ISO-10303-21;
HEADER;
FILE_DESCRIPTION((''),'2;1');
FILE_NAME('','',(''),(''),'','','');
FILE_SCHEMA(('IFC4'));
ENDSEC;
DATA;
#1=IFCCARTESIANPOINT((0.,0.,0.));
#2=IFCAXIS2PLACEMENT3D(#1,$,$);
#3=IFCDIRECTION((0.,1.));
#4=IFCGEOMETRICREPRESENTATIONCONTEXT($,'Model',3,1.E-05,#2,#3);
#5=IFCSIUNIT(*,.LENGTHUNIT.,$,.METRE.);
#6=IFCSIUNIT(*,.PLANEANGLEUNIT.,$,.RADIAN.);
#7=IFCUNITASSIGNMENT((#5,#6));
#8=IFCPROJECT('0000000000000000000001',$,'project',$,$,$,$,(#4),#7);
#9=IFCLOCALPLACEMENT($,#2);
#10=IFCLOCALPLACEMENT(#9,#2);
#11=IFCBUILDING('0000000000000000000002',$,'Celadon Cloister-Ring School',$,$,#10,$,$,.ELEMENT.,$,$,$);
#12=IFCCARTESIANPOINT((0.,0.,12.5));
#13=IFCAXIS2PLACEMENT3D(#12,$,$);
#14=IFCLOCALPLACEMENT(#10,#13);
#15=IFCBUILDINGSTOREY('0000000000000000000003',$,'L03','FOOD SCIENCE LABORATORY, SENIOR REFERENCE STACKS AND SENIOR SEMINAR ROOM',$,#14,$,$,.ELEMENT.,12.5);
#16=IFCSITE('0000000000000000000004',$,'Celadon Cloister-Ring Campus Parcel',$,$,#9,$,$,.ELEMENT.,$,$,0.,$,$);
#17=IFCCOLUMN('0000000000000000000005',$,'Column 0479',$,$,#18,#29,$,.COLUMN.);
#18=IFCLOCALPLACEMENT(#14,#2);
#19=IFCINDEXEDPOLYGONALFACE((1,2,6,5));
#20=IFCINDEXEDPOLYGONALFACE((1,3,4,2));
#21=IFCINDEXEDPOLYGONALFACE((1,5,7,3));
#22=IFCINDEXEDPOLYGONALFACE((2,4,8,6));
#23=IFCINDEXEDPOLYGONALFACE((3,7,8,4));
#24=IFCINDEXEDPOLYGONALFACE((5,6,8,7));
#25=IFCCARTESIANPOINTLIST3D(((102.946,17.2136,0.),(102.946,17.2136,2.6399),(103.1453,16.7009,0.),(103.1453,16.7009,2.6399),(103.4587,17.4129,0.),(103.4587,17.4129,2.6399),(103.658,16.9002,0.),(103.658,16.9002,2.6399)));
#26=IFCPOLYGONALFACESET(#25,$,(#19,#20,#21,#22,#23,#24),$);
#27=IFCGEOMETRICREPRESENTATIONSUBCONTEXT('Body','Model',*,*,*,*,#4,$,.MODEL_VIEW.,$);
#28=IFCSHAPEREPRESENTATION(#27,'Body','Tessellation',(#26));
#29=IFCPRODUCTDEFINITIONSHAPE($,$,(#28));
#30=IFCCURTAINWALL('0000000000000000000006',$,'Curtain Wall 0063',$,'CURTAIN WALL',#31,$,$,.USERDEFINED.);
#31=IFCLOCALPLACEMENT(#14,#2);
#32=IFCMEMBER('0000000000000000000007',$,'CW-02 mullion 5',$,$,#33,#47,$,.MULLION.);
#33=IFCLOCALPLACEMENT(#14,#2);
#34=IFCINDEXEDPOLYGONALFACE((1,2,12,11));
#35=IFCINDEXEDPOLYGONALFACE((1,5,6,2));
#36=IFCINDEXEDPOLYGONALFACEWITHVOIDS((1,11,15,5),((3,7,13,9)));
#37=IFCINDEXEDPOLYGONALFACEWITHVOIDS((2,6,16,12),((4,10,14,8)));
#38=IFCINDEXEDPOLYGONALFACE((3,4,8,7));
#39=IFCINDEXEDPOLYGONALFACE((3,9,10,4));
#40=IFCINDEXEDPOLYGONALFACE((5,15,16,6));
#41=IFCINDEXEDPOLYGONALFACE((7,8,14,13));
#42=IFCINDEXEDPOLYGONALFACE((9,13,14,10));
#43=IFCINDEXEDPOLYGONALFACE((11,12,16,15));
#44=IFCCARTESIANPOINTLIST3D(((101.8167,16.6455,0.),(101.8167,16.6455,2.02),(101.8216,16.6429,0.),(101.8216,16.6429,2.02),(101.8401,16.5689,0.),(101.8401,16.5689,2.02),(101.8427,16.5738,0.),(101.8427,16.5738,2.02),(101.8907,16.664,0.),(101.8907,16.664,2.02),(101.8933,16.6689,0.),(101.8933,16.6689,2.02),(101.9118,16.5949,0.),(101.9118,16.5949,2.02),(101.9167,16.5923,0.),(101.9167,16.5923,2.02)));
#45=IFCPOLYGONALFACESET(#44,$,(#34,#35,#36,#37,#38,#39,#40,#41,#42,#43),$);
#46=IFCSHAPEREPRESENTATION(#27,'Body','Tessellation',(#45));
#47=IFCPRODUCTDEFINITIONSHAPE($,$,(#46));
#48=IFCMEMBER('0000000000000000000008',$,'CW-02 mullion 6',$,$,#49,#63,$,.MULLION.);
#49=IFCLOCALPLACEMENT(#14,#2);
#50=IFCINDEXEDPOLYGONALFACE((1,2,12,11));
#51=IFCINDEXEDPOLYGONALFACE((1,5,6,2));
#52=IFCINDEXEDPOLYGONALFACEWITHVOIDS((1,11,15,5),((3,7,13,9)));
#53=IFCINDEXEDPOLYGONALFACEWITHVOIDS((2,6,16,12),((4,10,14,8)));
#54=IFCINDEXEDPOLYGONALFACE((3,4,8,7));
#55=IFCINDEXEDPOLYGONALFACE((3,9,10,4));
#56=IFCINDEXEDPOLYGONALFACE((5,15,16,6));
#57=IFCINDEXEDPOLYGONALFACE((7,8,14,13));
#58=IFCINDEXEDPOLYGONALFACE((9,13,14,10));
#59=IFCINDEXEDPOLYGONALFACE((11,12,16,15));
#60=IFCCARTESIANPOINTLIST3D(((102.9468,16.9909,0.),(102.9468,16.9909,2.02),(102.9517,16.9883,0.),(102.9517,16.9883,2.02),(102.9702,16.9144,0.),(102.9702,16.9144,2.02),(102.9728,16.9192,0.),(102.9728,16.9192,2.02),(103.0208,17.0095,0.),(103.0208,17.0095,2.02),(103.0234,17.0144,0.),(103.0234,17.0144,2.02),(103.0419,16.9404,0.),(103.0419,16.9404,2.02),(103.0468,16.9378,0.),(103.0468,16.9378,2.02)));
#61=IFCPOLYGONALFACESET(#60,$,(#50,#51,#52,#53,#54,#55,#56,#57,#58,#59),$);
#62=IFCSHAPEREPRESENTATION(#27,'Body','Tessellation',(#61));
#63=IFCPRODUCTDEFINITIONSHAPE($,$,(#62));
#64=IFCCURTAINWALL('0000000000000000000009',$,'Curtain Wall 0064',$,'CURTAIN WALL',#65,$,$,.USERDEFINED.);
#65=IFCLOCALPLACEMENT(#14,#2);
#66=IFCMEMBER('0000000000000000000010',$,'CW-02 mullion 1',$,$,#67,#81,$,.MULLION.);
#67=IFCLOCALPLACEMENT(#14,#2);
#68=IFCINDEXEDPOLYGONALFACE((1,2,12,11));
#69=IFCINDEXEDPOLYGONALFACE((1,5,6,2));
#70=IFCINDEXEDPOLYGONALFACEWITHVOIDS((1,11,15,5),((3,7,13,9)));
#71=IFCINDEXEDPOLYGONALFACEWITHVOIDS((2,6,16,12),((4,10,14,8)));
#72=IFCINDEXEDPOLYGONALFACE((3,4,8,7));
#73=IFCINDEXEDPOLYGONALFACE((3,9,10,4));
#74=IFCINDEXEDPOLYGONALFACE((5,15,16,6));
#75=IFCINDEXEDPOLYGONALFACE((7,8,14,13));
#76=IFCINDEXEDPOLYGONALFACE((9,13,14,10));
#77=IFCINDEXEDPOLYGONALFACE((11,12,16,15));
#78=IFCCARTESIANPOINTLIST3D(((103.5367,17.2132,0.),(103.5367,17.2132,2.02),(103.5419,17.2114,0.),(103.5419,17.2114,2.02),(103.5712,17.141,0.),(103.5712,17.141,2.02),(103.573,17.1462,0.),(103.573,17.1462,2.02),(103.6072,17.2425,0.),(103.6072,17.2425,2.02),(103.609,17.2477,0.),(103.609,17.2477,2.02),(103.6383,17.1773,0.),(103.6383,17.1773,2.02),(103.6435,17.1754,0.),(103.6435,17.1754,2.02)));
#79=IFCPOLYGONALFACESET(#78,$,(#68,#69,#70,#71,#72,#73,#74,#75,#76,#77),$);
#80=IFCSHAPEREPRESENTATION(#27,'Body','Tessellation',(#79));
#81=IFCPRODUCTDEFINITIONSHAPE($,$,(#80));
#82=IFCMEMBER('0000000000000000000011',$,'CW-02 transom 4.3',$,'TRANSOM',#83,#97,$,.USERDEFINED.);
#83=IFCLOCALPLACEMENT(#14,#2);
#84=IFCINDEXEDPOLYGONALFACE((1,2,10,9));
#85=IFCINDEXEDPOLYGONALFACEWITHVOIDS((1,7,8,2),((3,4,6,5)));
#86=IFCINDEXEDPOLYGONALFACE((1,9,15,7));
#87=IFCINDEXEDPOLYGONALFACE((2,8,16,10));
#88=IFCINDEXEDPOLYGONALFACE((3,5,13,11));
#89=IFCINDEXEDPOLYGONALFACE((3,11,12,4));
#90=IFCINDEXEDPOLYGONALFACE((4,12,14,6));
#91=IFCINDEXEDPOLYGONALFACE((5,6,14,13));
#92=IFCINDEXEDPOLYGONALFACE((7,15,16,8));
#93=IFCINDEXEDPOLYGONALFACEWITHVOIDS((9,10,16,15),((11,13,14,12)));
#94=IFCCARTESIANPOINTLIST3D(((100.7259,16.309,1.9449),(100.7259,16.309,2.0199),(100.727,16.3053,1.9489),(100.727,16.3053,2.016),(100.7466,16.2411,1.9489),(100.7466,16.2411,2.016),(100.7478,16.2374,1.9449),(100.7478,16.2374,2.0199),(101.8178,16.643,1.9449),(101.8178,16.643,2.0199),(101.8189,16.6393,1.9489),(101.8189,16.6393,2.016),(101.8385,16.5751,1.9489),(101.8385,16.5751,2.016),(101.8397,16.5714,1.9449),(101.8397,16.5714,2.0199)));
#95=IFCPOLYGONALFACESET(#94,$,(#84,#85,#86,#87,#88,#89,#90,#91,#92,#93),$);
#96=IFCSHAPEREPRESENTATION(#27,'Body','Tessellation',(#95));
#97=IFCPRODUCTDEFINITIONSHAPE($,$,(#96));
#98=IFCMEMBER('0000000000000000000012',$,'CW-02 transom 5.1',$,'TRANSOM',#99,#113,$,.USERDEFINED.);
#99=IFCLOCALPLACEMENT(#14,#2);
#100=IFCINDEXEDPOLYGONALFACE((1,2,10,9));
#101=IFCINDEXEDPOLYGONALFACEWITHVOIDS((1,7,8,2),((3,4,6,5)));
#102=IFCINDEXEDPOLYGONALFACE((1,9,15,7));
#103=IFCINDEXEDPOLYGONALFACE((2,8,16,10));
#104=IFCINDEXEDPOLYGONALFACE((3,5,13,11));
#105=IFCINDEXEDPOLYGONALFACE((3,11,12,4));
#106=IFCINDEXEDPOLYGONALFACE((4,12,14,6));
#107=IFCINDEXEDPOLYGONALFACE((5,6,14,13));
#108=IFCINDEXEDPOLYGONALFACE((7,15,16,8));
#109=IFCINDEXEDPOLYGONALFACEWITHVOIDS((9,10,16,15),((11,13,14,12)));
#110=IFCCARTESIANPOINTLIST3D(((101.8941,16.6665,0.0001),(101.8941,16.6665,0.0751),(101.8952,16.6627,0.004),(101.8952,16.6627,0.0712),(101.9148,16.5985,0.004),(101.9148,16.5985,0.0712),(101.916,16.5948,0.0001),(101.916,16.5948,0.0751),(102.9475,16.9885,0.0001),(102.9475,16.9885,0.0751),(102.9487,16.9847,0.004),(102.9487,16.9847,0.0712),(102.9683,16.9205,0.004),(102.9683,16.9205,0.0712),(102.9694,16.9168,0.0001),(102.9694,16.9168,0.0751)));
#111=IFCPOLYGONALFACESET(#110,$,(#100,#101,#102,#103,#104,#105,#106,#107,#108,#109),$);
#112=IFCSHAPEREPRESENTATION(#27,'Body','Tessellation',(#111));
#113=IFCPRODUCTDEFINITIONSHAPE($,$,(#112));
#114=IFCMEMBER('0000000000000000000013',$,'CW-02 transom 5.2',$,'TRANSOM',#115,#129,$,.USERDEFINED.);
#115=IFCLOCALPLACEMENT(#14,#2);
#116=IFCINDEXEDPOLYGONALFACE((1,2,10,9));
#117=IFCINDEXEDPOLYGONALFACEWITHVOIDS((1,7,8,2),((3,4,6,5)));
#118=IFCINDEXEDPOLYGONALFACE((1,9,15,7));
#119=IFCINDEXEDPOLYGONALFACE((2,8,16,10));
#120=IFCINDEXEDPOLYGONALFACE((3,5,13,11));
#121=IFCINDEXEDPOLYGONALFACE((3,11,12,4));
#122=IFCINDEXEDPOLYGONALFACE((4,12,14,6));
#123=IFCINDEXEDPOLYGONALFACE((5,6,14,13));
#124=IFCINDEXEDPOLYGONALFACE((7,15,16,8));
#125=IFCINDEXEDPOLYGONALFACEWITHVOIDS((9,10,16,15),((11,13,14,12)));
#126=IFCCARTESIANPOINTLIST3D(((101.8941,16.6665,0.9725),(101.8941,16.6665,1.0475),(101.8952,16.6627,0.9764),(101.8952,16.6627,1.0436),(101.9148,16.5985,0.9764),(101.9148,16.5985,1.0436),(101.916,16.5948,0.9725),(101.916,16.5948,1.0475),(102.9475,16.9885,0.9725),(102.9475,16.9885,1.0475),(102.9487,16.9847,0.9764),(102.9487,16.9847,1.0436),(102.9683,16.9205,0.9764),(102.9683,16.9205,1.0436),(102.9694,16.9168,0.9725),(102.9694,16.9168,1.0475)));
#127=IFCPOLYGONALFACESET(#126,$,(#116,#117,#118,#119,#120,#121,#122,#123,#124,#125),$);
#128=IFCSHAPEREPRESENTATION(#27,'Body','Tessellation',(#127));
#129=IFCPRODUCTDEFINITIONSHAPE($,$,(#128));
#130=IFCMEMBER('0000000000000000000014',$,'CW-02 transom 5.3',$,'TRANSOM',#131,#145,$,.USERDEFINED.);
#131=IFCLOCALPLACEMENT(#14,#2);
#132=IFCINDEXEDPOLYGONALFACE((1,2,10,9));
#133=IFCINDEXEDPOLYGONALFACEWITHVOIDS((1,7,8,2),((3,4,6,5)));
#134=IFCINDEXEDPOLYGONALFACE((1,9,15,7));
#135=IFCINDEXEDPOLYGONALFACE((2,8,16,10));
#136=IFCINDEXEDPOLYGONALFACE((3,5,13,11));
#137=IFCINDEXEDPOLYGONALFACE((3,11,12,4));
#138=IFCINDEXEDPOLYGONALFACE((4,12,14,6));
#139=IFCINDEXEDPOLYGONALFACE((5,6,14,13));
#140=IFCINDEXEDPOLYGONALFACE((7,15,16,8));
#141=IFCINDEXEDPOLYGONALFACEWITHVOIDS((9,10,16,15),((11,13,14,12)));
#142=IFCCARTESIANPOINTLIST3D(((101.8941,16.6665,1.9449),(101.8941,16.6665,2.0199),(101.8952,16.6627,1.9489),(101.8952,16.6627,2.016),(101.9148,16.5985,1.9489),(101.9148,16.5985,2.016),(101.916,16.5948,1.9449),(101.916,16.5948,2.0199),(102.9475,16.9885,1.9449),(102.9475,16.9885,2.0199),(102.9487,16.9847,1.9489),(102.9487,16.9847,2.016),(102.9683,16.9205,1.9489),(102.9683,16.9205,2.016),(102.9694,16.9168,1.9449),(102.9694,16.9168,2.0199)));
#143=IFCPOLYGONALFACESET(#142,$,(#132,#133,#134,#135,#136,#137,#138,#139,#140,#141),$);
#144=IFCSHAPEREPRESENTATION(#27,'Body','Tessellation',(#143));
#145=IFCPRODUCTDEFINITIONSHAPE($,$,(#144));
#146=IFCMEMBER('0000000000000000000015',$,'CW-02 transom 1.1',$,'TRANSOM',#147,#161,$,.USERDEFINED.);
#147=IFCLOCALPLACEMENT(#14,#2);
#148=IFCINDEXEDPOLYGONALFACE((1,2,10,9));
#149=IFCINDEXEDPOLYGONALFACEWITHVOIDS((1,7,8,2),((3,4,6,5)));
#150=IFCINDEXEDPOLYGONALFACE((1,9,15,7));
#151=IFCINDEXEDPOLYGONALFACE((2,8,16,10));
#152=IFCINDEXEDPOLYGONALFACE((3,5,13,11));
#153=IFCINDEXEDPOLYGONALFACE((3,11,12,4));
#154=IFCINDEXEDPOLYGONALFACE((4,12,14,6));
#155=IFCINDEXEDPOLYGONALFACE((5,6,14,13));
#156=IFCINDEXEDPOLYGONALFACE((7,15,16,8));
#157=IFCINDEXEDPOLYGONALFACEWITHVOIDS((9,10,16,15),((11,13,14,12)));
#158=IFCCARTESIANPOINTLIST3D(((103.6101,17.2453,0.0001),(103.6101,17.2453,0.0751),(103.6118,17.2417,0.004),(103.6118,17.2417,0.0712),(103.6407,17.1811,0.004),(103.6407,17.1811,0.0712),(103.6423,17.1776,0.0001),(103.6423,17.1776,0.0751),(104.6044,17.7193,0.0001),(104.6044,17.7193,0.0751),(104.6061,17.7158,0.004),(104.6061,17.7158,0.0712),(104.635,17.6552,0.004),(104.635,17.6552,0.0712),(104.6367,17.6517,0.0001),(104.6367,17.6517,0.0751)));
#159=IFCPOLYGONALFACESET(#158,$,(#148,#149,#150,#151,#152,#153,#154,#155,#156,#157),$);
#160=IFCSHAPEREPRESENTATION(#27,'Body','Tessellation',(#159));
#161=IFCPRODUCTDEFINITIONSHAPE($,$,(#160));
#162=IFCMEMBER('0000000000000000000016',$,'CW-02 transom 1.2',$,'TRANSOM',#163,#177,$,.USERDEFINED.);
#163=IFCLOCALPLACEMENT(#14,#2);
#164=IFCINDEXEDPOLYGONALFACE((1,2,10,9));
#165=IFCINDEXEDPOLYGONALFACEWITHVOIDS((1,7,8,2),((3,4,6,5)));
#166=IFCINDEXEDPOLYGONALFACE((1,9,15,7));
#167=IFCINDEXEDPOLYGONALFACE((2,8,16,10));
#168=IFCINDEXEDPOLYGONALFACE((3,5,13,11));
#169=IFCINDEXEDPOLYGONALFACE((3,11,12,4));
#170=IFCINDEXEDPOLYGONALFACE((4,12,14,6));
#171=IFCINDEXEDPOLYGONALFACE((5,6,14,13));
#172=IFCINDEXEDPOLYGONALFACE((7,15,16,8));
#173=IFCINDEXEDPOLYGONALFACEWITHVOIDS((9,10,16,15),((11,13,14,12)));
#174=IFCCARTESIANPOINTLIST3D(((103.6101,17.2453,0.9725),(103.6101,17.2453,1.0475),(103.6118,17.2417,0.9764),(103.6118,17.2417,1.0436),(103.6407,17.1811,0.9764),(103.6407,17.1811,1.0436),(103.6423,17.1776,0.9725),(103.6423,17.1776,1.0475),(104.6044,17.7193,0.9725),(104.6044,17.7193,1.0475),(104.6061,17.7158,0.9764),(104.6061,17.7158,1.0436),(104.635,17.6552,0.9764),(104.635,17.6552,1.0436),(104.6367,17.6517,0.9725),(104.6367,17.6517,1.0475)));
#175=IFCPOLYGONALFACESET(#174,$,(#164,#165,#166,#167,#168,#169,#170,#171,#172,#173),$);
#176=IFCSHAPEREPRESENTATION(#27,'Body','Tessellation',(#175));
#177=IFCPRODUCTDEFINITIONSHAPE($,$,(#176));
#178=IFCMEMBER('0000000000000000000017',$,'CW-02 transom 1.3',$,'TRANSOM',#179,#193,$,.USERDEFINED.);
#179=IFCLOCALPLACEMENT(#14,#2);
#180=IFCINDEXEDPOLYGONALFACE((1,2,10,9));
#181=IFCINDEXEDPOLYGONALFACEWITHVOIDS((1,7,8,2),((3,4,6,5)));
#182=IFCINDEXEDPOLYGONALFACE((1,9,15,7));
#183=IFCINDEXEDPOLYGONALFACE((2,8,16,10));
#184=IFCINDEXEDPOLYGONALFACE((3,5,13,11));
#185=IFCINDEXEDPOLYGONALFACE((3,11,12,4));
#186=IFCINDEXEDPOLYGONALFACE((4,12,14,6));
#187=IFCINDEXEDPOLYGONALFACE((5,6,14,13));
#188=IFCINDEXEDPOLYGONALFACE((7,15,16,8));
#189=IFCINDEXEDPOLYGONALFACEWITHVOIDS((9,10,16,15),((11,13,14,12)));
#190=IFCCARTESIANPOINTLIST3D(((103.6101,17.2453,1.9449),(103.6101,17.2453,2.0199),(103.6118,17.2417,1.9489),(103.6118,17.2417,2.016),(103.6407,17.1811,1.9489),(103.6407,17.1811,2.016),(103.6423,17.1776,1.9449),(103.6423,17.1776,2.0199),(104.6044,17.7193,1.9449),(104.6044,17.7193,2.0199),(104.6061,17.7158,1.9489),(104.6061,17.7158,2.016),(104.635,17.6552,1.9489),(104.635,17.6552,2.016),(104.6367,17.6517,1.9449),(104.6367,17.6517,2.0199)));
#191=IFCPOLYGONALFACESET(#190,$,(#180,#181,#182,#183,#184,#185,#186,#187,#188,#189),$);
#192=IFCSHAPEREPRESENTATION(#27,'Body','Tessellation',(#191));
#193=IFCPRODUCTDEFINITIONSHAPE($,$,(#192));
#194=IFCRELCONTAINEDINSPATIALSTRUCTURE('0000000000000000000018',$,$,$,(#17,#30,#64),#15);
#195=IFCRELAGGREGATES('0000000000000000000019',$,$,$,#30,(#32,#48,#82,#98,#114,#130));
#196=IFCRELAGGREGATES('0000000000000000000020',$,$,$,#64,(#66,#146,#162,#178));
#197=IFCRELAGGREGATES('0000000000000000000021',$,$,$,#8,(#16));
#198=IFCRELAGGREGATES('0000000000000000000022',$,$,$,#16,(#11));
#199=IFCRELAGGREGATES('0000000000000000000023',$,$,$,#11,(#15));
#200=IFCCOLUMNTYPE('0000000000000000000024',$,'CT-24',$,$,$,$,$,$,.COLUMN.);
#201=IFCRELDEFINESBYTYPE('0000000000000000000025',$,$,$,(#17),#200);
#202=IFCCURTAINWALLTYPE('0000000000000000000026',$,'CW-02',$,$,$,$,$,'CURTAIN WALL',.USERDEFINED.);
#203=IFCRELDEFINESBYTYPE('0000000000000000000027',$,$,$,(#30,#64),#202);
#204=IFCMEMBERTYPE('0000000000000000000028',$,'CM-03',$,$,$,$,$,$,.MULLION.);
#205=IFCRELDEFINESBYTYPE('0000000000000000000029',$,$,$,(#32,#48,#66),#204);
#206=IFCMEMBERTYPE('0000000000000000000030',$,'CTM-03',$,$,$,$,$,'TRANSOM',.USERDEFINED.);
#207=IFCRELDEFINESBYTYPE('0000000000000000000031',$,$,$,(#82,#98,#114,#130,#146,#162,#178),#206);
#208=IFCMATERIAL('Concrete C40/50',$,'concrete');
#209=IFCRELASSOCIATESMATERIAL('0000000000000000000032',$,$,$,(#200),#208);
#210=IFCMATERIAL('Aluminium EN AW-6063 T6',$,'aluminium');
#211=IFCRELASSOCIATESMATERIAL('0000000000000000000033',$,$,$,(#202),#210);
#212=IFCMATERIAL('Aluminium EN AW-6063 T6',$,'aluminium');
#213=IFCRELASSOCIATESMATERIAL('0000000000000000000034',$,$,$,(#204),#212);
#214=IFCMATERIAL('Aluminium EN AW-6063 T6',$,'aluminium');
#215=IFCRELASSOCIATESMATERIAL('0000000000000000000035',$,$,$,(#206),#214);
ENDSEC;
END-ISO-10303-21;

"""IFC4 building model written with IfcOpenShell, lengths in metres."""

from ifc_helpers import new_model, si_unit, direction, frame, origin, origin_2d, place, context, subcontext, project, spatial, rectangle, hollow_rectangle, extrude, material, material_profile, profile_set, type_object, element, aggregate, save


model = new_model("IFC4")

# Units and contexts
model_context = context("Model", 3, precision=1e-05, world=origin(), true_north=direction((0.0, 1.0)))
body_context = subcontext(model_context, "Body", "Model", "MODEL_VIEW")
ifc_project = project(units=[si_unit("LENGTHUNIT", "METRE"), si_unit("PLANEANGLEUNIT", "RADIAN")], contexts=[model_context])

# Site, building, storey
site_placement = place(None, origin())
site = spatial("IfcSite", under=ifc_project, at=site_placement, Name="Celadon Cloister-Ring Campus Parcel", CompositionType="ELEMENT", RefElevation=0.0)
building_placement = place(site_placement, origin())
building = spatial("IfcBuilding", under=site, at=building_placement, Name="Celadon Cloister-Ring School", CompositionType="ELEMENT")
storey_placement = place(building_placement, frame((0.0, 0.0, 12.5)))
storey = spatial("IfcBuildingStorey", under=building, at=storey_placement, Name="L03", Description="FOOD SCIENCE LABORATORY, SENIOR REFERENCE STACKS AND SENIOR SEMINAR ROOM", CompositionType="ELEMENT", Elevation=12.5)

# Column
ifc_material_1 = material(Name="Concrete C40/50", Category="concrete")
ifc_material_profile_1 = material_profile(ifc_material_1, rectangle(XDim=0.55, YDim=0.55, at=origin_2d()), Name="RC550X550")
ifc_profile_set_1 = profile_set([ifc_material_profile_1], Name="Concrete C40/50")
column_type = type_object("IfcColumnType", Name="CT-24", PredefinedType="COLUMN", material=ifc_profile_set_1)
column_placement = place(storey_placement, frame((103.302, 17.0569, 0.0), z_axis=(0.0, 0.0, 1.0), x_axis=(0.362275, -0.932071, 0.0)))
element("IfcColumn", 1, at=column_placement, inside=storey, type_object=column_type, Name="Column 0479", PredefinedType="COLUMN", context=body_context, shape_type="SweptSolid", body=[
    extrude(rectangle(XDim=0.55, YDim=0.55, at=origin_2d()), origin(), (0.0, 0.0, 1.0), 2.6399),
])

# Curtain wall, members
ifc_material_2 = material(Name="Aluminium EN AW-6063 T6", Category="aluminium")
curtain_wall_type = type_object("IfcCurtainWallType", Name="CW-02", ElementType="CURTAIN WALL", PredefinedType="USERDEFINED", material=ifc_material_2)
curtain_wall_1_placement = place(storey_placement, origin())
curtain_wall_1 = element("IfcCurtainWall", 2, at=curtain_wall_1_placement, inside=storey, type_object=curtain_wall_type, Name="Curtain Wall 0063", ObjectType="CURTAIN WALL", PredefinedType="USERDEFINED")
ifc_material_3 = material(Name="Aluminium EN AW-6063 T6", Category="aluminium")
ifc_material_profile_2 = material_profile(ifc_material_3, hollow_rectangle(XDim=0.0801, YDim=0.0801, WallThickness=0.0039, at=origin_2d()), Name="RHS80X80X4")
ifc_profile_set_2 = profile_set([ifc_material_profile_2], Name="Aluminium EN AW-6063 T6")
member_type_1 = type_object("IfcMemberType", Name="CM-03", PredefinedType="MULLION", material=ifc_profile_set_2)
member_1_placement = place(storey_placement, frame((101.8667, 16.6189, 0.0), z_axis=(0.0, 0.0, 1.0), x_axis=(-0.292406, 0.956294, 0.0)))
member_1 = element("IfcMember", 3, at=member_1_placement, type_object=member_type_1, Name="CW-02 mullion 5", PredefinedType="MULLION", context=body_context, shape_type="SweptSolid", body=[
    extrude(hollow_rectangle(XDim=0.0801, YDim=0.0801, WallThickness=0.0039, at=origin_2d()), origin(), (0.0, 0.0, 1.0), 2.02),
])
member_2_placement = place(storey_placement, frame((102.9968, 16.9644, 0.0), z_axis=(0.0, 0.0, 1.0), x_axis=(-0.292406, 0.956294, 0.0)))
member_2 = element("IfcMember", 4, at=member_2_placement, type_object=member_type_1, Name="CW-02 mullion 6", PredefinedType="MULLION", context=body_context, shape_type="SweptSolid", body=[
    extrude(hollow_rectangle(XDim=0.0801, YDim=0.0801, WallThickness=0.0039, at=origin_2d()), origin(), (0.0, 0.0, 1.0), 2.02),
])

# Curtain wall, member
curtain_wall_2_placement = place(storey_placement, origin())
curtain_wall_2 = element("IfcCurtainWall", 5, at=curtain_wall_2_placement, inside=storey, type_object=curtain_wall_type, Name="Curtain Wall 0064", ObjectType="CURTAIN WALL", PredefinedType="USERDEFINED")
member_3_placement = place(storey_placement, frame((103.5901, 17.1943, 0.0), z_axis=(0.0, 0.0, 1.0), x_axis=(-0.430372, 0.902652, 0.0)))
member_3 = element("IfcMember", 6, at=member_3_placement, type_object=member_type_1, Name="CW-02 mullion 1", PredefinedType="MULLION", context=body_context, shape_type="SweptSolid", body=[
    extrude(hollow_rectangle(XDim=0.0801, YDim=0.0801, WallThickness=0.0039, at=origin_2d()), origin(), (0.0, 0.0, 1.0), 2.02),
])

# Members
ifc_material_4 = material(Name="Aluminium EN AW-6063 T6", Category="aluminium")
ifc_material_profile_3 = material_profile(ifc_material_4, hollow_rectangle(XDim=0.075, YDim=0.075, WallThickness=0.0039, at=origin_2d()), Name="RHS75X75X4")
ifc_profile_set_3 = profile_set([ifc_material_profile_3], Name="Aluminium EN AW-6063 T6")
member_type_2 = type_object("IfcMemberType", Name="CTM-03", ElementType="TRANSOM", PredefinedType="USERDEFINED", material=ifc_profile_set_3)
member_4_placement = place(storey_placement, frame((100.7368, 16.2732, 1.9824), z_axis=(0.956259, 0.292523, 0.0), x_axis=(-0.292523, 0.956259, 0.0)))
member_4 = element("IfcMember", 7, at=member_4_placement, type_object=member_type_2, Name="CW-02 transom 4.3", ObjectType="TRANSOM", PredefinedType="USERDEFINED", context=body_context, shape_type="SweptSolid", body=[
    extrude(hollow_rectangle(XDim=0.075, YDim=0.075, WallThickness=0.0039, at=origin_2d()), origin(), (0.0, 0.0, 1.0), 1.1418),
])
member_5_placement = place(storey_placement, frame((101.905, 16.6306, 0.0376), z_axis=(0.956319, 0.292326, 0.0), x_axis=(-0.292326, 0.956319, 0.0)))
member_5 = element("IfcMember", 8, at=member_5_placement, type_object=member_type_2, Name="CW-02 transom 5.1", ObjectType="TRANSOM", PredefinedType="USERDEFINED", context=body_context, shape_type="SweptSolid", body=[
    extrude(hollow_rectangle(XDim=0.075, YDim=0.075, WallThickness=0.0039, at=origin_2d()), origin(), (0.0, 0.0, 1.0), 1.1016),
])
member_6_placement = place(storey_placement, frame((101.905, 16.6306, 1.01), z_axis=(0.956319, 0.292326, 0.0), x_axis=(-0.292326, 0.956319, 0.0)))
member_6 = element("IfcMember", 9, at=member_6_placement, type_object=member_type_2, Name="CW-02 transom 5.2", ObjectType="TRANSOM", PredefinedType="USERDEFINED", context=body_context, shape_type="SweptSolid", body=[
    extrude(hollow_rectangle(XDim=0.075, YDim=0.075, WallThickness=0.0039, at=origin_2d()), origin(), (0.0, 0.0, 1.0), 1.1016),
])
member_7_placement = place(storey_placement, frame((101.905, 16.6306, 1.9824), z_axis=(0.956319, 0.292326, 0.0), x_axis=(-0.292326, 0.956319, 0.0)))
member_7 = element("IfcMember", 10, at=member_7_placement, type_object=member_type_2, Name="CW-02 transom 5.3", ObjectType="TRANSOM", PredefinedType="USERDEFINED", context=body_context, shape_type="SweptSolid", body=[
    extrude(hollow_rectangle(XDim=0.075, YDim=0.075, WallThickness=0.0039, at=origin_2d()), origin(), (0.0, 0.0, 1.0), 1.1016),
])
member_8_placement = place(storey_placement, frame((103.6262, 17.2114, 0.0376), z_axis=(0.902647, 0.430381, 0.0), x_axis=(-0.430381, 0.902647, 0.0)))
member_8 = element("IfcMember", 11, at=member_8_placement, type_object=member_type_2, Name="CW-02 transom 1.1", ObjectType="TRANSOM", PredefinedType="USERDEFINED", context=body_context, shape_type="SweptSolid", body=[
    extrude(hollow_rectangle(XDim=0.075, YDim=0.075, WallThickness=0.0039, at=origin_2d()), origin(), (0.0, 0.0, 1.0), 1.1016),
])
member_9_placement = place(storey_placement, frame((103.6262, 17.2114, 1.01), z_axis=(0.902647, 0.430381, 0.0), x_axis=(-0.430381, 0.902647, 0.0)))
member_9 = element("IfcMember", 12, at=member_9_placement, type_object=member_type_2, Name="CW-02 transom 1.2", ObjectType="TRANSOM", PredefinedType="USERDEFINED", context=body_context, shape_type="SweptSolid", body=[
    extrude(hollow_rectangle(XDim=0.075, YDim=0.075, WallThickness=0.0039, at=origin_2d()), origin(), (0.0, 0.0, 1.0), 1.1016),
])
member_10_placement = place(storey_placement, frame((103.6262, 17.2114, 1.9824), z_axis=(0.902647, 0.430381, 0.0), x_axis=(-0.430381, 0.902647, 0.0)))
member_10 = element("IfcMember", 13, at=member_10_placement, type_object=member_type_2, Name="CW-02 transom 1.3", ObjectType="TRANSOM", PredefinedType="USERDEFINED", context=body_context, shape_type="SweptSolid", body=[
    extrude(hollow_rectangle(XDim=0.075, YDim=0.075, WallThickness=0.0039, at=origin_2d()), origin(), (0.0, 0.0, 1.0), 1.1016),
])

aggregate(curtain_wall_1, [member_1, member_2, member_4, member_5, member_6, member_7])
aggregate(curtain_wall_2, [member_3, member_8, member_9, member_10])

save(model, "model.ifc")
